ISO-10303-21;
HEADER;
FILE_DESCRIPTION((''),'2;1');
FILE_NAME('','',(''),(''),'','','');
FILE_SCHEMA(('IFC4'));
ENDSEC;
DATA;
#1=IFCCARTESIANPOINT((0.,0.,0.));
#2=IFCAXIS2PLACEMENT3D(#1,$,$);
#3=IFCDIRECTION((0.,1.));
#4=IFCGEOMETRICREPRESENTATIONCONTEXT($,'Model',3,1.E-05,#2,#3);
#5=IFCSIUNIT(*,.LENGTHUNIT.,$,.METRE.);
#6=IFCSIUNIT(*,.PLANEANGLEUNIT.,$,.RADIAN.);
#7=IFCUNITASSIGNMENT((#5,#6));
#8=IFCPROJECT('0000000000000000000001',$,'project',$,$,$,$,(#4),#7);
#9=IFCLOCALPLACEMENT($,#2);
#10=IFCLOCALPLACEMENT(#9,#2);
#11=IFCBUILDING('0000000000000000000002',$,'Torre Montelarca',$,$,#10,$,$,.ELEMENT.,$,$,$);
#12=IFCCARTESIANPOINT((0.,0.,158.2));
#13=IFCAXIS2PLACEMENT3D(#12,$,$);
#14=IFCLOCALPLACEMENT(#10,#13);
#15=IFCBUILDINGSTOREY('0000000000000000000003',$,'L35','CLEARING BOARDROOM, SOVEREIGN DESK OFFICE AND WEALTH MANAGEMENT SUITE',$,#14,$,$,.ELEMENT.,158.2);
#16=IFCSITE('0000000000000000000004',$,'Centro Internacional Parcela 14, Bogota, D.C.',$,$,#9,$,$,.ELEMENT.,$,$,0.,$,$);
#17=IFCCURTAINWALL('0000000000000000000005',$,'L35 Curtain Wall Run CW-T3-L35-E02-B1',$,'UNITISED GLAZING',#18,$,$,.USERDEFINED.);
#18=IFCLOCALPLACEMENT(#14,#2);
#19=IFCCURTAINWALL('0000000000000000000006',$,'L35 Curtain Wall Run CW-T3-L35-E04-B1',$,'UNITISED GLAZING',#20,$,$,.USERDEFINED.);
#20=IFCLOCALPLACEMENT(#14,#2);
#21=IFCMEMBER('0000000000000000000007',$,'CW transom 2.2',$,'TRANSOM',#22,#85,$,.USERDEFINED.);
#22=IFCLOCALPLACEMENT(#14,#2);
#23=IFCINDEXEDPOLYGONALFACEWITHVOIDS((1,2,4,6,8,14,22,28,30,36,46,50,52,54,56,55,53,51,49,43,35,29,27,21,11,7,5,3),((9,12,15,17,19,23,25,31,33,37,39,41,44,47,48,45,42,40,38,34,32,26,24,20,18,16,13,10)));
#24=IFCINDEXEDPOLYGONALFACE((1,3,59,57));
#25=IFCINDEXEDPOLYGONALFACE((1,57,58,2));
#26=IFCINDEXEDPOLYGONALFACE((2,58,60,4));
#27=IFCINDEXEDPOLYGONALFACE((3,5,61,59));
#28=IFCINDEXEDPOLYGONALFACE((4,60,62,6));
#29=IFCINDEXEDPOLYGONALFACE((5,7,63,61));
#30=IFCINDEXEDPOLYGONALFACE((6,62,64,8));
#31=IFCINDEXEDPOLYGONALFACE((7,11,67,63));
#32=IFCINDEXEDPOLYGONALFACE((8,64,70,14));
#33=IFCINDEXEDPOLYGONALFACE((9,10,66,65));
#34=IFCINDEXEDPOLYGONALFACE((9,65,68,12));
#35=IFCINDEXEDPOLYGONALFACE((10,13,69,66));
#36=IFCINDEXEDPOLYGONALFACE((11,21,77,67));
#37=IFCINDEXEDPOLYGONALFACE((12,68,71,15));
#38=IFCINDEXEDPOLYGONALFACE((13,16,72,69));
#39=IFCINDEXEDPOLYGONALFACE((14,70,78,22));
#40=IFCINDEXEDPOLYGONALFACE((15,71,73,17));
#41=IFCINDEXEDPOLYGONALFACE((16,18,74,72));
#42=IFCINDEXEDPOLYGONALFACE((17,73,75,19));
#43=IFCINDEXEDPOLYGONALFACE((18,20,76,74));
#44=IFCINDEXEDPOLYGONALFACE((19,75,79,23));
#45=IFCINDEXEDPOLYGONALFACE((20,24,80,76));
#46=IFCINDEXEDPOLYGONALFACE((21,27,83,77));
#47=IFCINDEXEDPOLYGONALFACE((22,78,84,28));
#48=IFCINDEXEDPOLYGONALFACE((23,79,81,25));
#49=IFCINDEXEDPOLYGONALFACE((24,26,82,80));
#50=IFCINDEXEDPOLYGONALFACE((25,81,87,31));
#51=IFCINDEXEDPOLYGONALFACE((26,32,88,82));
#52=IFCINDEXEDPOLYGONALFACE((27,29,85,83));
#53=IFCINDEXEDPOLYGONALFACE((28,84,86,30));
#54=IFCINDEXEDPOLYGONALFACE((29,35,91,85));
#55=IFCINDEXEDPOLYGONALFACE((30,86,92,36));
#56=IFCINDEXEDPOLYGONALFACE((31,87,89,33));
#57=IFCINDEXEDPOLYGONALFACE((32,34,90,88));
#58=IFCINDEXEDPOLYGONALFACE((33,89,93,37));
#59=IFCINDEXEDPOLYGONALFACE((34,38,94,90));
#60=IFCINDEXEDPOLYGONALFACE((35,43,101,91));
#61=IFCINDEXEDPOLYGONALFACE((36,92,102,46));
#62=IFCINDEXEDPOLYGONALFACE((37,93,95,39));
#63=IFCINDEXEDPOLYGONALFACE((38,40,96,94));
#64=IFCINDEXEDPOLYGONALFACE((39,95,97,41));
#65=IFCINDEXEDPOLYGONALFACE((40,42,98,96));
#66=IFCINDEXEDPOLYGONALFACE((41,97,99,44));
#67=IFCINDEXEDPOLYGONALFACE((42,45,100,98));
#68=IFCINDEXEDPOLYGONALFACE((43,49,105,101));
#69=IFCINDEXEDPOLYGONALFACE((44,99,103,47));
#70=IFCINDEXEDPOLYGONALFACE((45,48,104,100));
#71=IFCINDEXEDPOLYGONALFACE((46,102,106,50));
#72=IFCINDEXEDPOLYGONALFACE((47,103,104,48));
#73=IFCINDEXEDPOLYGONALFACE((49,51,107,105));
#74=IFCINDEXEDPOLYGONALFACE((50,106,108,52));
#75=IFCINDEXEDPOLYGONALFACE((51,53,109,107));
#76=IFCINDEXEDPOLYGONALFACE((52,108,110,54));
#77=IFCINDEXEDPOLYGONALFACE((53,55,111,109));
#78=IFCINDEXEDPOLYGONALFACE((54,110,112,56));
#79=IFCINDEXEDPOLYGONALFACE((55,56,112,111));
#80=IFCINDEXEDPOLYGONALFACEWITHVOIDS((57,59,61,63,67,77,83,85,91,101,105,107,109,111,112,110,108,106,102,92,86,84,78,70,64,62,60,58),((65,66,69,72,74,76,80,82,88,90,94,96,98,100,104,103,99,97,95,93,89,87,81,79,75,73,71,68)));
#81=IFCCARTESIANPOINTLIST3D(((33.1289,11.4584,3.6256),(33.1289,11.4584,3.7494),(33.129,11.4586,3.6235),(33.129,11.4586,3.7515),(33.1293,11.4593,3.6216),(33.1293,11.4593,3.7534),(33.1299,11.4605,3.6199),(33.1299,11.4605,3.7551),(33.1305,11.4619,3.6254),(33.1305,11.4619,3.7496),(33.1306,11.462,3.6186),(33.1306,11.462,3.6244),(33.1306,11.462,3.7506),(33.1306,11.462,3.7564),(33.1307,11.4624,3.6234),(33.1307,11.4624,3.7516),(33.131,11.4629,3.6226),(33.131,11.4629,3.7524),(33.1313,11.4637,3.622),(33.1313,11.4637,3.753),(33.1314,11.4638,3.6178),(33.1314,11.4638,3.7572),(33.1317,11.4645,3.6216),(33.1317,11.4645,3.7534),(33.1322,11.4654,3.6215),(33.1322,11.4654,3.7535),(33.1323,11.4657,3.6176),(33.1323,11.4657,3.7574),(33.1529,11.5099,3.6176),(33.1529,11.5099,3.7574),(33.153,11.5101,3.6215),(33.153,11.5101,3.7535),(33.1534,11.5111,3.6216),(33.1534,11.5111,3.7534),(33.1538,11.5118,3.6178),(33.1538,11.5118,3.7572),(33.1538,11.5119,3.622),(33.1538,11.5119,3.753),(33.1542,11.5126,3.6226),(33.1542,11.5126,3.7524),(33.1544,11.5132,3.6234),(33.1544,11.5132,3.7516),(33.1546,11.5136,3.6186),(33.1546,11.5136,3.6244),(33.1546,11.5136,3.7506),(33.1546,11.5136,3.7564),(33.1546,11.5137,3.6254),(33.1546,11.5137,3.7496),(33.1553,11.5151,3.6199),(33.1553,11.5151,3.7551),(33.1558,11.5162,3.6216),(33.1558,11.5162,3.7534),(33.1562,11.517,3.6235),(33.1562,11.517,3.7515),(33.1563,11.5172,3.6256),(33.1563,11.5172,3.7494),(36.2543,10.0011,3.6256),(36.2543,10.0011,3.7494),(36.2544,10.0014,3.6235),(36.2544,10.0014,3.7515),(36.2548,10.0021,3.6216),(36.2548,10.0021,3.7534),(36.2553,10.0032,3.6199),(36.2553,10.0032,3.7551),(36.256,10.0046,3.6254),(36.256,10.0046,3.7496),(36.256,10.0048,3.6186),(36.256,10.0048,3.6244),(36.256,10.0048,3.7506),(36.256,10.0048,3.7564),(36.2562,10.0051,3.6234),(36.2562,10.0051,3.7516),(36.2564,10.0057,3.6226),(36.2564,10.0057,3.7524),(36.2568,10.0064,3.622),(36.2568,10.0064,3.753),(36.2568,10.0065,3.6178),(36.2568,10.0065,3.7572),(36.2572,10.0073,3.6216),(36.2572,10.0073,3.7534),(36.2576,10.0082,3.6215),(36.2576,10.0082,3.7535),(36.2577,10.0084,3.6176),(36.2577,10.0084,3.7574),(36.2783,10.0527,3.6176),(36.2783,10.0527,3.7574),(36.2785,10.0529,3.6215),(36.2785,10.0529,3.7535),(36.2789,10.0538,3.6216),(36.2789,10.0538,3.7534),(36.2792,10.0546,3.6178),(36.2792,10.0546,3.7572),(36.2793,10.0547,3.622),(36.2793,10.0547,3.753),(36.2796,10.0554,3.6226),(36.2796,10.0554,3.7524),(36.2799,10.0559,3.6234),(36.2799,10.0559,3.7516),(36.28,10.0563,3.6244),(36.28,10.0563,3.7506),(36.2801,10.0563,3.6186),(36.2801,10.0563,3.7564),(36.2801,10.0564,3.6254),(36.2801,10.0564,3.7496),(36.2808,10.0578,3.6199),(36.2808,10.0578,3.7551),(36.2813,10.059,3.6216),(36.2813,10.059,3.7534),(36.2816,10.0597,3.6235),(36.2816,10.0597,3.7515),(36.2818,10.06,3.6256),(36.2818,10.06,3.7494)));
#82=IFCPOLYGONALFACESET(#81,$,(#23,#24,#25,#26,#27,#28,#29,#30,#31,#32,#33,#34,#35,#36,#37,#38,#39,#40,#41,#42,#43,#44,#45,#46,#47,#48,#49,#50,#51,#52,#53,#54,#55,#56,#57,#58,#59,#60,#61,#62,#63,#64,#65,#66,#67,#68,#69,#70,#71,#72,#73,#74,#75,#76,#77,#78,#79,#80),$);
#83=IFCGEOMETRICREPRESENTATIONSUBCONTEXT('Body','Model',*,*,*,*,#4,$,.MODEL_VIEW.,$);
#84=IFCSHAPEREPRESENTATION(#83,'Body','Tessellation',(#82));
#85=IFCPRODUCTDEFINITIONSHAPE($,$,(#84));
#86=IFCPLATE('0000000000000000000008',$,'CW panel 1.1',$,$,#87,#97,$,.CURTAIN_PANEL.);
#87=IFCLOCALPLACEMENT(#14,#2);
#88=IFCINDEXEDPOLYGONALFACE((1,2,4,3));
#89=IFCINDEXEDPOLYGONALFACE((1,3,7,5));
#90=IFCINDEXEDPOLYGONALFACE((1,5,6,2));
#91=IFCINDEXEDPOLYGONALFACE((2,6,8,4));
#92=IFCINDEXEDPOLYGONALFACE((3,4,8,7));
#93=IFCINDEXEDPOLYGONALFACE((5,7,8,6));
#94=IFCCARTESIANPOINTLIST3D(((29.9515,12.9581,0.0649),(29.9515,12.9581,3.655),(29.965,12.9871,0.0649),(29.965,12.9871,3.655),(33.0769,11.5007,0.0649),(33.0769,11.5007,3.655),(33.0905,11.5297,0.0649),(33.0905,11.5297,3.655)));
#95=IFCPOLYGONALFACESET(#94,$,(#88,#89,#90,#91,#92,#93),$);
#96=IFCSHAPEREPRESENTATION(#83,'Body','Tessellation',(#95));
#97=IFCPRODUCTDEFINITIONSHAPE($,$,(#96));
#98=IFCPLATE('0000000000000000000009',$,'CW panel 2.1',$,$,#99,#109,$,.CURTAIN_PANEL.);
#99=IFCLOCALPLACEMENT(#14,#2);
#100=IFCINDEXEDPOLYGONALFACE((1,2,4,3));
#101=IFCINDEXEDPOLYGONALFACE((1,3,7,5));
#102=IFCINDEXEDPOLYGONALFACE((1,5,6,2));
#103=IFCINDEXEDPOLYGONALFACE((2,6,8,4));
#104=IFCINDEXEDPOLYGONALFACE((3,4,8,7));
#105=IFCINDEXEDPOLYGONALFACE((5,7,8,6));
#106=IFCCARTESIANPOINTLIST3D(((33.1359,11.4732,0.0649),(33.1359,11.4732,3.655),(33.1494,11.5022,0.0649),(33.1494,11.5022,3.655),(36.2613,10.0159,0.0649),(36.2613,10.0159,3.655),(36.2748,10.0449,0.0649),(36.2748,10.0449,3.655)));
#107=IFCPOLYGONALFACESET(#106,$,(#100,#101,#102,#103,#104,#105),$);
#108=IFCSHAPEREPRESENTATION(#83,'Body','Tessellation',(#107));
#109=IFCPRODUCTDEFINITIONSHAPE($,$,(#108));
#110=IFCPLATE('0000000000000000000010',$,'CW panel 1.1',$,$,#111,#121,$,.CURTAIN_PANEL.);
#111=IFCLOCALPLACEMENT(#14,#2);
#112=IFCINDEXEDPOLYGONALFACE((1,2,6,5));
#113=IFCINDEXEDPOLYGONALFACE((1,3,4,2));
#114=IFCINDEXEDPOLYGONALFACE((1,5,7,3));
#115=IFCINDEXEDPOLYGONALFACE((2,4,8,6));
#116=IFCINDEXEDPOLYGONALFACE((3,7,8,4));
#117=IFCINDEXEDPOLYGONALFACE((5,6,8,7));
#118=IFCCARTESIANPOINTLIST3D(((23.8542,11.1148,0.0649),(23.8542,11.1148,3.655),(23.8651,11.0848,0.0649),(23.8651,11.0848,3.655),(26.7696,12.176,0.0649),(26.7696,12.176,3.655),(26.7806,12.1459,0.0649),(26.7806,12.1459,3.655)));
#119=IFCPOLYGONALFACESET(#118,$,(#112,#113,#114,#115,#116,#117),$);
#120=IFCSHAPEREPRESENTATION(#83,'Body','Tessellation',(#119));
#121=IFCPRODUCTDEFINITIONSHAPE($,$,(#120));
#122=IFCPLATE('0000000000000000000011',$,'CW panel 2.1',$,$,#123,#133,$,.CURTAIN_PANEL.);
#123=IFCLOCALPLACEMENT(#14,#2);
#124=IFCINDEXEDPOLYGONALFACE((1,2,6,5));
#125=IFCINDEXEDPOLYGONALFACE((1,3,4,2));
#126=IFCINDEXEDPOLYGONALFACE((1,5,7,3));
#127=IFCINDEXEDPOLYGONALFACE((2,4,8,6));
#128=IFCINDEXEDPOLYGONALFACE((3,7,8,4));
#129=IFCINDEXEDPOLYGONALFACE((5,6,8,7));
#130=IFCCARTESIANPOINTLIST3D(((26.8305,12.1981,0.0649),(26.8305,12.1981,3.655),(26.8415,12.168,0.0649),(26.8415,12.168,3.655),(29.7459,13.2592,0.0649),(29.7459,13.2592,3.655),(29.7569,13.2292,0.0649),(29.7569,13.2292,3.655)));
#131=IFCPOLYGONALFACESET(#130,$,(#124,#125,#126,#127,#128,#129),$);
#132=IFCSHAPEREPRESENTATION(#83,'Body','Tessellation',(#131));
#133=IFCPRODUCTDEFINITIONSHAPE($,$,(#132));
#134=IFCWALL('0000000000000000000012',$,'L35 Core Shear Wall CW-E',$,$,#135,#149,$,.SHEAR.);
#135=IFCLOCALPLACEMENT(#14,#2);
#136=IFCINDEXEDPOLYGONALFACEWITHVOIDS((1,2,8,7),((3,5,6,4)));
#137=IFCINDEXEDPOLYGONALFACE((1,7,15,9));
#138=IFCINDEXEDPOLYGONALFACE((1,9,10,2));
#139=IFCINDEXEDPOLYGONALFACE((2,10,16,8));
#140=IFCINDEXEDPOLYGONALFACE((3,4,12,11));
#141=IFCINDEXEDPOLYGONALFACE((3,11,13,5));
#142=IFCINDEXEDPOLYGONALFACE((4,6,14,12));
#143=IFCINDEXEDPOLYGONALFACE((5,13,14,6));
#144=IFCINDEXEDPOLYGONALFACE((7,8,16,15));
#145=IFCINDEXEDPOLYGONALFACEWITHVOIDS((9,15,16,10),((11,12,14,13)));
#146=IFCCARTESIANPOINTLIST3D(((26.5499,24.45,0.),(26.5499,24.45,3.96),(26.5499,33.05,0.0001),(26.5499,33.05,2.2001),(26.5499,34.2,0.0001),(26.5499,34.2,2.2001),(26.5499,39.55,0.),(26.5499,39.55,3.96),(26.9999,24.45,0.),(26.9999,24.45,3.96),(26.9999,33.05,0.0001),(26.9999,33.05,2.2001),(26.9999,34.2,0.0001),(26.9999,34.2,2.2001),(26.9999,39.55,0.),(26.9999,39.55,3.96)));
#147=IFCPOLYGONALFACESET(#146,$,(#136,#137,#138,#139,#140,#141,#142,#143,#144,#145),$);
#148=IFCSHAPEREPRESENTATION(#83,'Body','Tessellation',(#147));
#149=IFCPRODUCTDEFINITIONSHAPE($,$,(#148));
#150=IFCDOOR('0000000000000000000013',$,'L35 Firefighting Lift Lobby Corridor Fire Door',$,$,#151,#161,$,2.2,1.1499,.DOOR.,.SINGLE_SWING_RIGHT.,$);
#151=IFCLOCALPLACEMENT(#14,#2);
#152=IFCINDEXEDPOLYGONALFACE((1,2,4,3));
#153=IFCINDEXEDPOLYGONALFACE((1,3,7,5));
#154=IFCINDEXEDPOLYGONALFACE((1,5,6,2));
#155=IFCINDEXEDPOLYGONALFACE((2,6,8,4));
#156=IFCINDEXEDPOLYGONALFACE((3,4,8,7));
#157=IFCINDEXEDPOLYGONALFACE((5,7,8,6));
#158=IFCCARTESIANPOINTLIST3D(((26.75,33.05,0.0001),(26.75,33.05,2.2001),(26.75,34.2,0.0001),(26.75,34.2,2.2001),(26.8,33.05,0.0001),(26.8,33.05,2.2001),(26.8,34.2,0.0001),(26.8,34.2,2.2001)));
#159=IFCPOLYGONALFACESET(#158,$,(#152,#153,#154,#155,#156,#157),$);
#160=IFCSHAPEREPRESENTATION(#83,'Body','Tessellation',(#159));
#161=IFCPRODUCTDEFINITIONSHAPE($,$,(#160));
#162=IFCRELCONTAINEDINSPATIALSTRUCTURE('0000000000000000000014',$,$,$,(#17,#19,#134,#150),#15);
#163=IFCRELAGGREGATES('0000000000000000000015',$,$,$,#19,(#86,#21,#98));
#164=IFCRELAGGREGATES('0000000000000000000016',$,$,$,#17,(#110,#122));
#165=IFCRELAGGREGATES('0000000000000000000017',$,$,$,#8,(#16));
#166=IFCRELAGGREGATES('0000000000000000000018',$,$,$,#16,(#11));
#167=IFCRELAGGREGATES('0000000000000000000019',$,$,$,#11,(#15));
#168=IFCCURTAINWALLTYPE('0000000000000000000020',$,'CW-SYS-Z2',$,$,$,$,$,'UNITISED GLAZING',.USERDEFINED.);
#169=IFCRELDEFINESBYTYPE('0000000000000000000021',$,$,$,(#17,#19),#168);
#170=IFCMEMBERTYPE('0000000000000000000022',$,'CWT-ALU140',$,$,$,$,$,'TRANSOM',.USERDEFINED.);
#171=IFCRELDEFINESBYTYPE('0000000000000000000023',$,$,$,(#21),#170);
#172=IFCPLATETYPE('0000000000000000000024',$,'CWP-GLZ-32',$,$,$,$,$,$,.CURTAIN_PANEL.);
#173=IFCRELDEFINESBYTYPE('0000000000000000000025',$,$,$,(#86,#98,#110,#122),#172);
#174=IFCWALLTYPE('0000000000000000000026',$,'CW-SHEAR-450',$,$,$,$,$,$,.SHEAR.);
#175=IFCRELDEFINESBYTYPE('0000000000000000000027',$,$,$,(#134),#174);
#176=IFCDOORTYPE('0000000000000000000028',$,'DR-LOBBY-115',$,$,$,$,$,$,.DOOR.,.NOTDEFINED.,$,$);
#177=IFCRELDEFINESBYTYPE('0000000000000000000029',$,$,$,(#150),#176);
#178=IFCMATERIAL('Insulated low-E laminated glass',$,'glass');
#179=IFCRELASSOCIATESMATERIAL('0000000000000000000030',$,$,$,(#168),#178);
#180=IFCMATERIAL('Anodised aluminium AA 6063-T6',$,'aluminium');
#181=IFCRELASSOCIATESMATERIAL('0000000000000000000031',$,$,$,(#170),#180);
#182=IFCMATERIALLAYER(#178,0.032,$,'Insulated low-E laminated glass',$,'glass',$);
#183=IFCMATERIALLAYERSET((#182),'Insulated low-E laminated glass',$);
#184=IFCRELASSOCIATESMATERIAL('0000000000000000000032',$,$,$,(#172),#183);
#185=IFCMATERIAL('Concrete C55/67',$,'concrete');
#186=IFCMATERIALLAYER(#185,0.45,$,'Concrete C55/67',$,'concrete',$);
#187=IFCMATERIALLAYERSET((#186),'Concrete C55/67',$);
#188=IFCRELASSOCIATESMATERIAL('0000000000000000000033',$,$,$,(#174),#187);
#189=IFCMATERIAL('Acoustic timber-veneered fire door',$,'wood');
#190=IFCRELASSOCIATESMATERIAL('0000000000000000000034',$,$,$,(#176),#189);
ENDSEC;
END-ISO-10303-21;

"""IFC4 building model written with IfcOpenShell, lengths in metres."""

from ifc_helpers import new_model, si_unit, direction, frame, frame_2d, origin, origin_2d, place, context, subcontext, project, spatial, rectangle, hollow_rectangle, extrude, source, transform, mapped, material, layer, layer_set, material_profile, profile_set, type_object, element, fill, aggregate, save


model = new_model("IFC4")

# Units and contexts
model_context = context("Model", 3, precision=1e-05, world=origin(), true_north=direction((0.0, 1.0)))
body_context = subcontext(model_context, "Body", "Model", "MODEL_VIEW")
ifc_project = project(units=[si_unit("LENGTHUNIT", "METRE"), si_unit("PLANEANGLEUNIT", "RADIAN")], contexts=[model_context])

# Site, building, storey
site_placement = place(None, origin())
site = spatial("IfcSite", under=ifc_project, at=site_placement, Name="Centro Internacional Parcela 14, Bogota, D.C.", CompositionType="ELEMENT", RefElevation=0.0)
building_placement = place(site_placement, origin())
building = spatial("IfcBuilding", under=site, at=building_placement, Name="Torre Montelarca", CompositionType="ELEMENT")
storey_placement = place(building_placement, frame((0.0, 0.0, 158.2)))
storey = spatial("IfcBuildingStorey", under=building, at=storey_placement, Name="L35", Description="CLEARING BOARDROOM, SOVEREIGN DESK OFFICE AND WEALTH MANAGEMENT SUITE", CompositionType="ELEMENT", Elevation=158.2)

# Shared definitions
ifc_material_1 = material(Name="Concrete C55/67", Category="concrete")

# Curtain wall
ifc_material_2 = material(Name="Insulated low-E laminated glass", Category="glass")
curtain_wall_type = type_object("IfcCurtainWallType", Name="CW-SYS-Z2", ElementType="UNITISED GLAZING", PredefinedType="USERDEFINED", material=ifc_material_2)
curtain_wall_1_placement = place(storey_placement, origin())
curtain_wall_1 = element("IfcCurtainWall", 1, at=curtain_wall_1_placement, inside=storey, type_object=curtain_wall_type, Name="L35 Curtain Wall Run CW-T3-L35-E02-B1", ObjectType="UNITISED GLAZING", PredefinedType="USERDEFINED")
ifc_material_3 = material(Name="Anodised aluminium AA 6063-T6", Category="aluminium")
ifc_material_profile_1 = material_profile(ifc_material_3, hollow_rectangle(XDim=0.0649, YDim=0.1399, WallThickness=0.0039, InnerFilletRadius=0.0039, OuterFilletRadius=0.0081, at=origin_2d()), Name="ALU65X140X4", Category="aluminium")
ifc_profile_set_1 = profile_set([ifc_material_profile_1], Name="Anodised aluminium AA 6063-T6")
member_type_1 = type_object("IfcMemberType", Name="CWT-ALU140", ElementType="TRANSOM", PredefinedType="USERDEFINED", material=ifc_profile_set_1)

# Curtain wall, member, plates
curtain_wall_2_placement = place(storey_placement, origin())
curtain_wall_2 = element("IfcCurtainWall", 2, at=curtain_wall_2_placement, inside=storey, type_object=curtain_wall_type, Name="L35 Curtain Wall Run CW-T3-L35-E04-B1", ObjectType="UNITISED GLAZING", PredefinedType="USERDEFINED")
shared_shape_1 = source(origin(), body_context, "Body", "SweptSolid", [
    extrude(hollow_rectangle(XDim=0.0649, YDim=0.1399, WallThickness=0.0039, InnerFilletRadius=0.0039, OuterFilletRadius=0.0081, at=origin_2d()), origin(), (0.0, 0.0, 1.0), 3.4485),
])
member_1_placement = place(storey_placement, frame((33.1426, 11.4878, 3.6875), z_axis=(0.906326, -0.422579, 0.0), x_axis=(0.422579, 0.906326, 0.0)))
member_1 = element("IfcMember", 3, at=member_1_placement, type_object=member_type_1, Name="CW transom 2.2", ObjectType="TRANSOM", PredefinedType="USERDEFINED", context=body_context, shape_type="MappedRepresentation", body=[
    mapped(shared_shape_1, transform((0.0, 0.0, 0.0), scale=1.0)),
])
ifc_layer_1 = layer(ifc_material_2, 0.032, Name="Insulated low-E laminated glass", Category="glass")
ifc_layer_set_1 = layer_set([ifc_layer_1], Name="Insulated low-E laminated glass")
plate_type = type_object("IfcPlateType", Name="CWP-GLZ-32", PredefinedType="CURTAIN_PANEL", material=ifc_layer_set_1)
shared_shape_2 = source(origin(), body_context, "Body", "SweptSolid", [
    extrude(rectangle(XDim=3.4485, YDim=0.032, at=origin_2d()), origin(), (0.0, 0.0, 1.0), 3.5901),
])
plate_1_placement = place(storey_placement, frame((31.521, 12.2439, 0.0649), z_axis=(0.0, 0.0, 1.0), x_axis=(0.906315, -0.422602, 0.0)))
plate_1 = element("IfcPlate", 4, at=plate_1_placement, type_object=plate_type, Name="CW panel 1.1", PredefinedType="CURTAIN_PANEL", context=body_context, shape_type="MappedRepresentation", body=[
    mapped(shared_shape_2, transform((0.0, 0.0, 0.0), scale=1.0)),
])
plate_2_placement = place(storey_placement, frame((34.7053, 10.759, 0.0649), z_axis=(0.0, 0.0, 1.0), x_axis=(0.906315, -0.422602, 0.0)))
plate_2 = element("IfcPlate", 5, at=plate_2_placement, type_object=plate_type, Name="CW panel 2.1", PredefinedType="CURTAIN_PANEL", context=body_context, shape_type="MappedRepresentation", body=[
    mapped(shared_shape_2, transform((0.0, 0.0, 0.0), scale=1.0)),
])
aggregate(curtain_wall_2, [plate_1, member_1, plate_2])

# Plates
shared_shape_3 = source(origin(), body_context, "Body", "SweptSolid", [
    extrude(rectangle(XDim=3.1025, YDim=0.032, at=origin_2d()), origin(), (0.0, 0.0, 1.0), 3.5901),
])
plate_3_placement = place(storey_placement, frame((25.3174, 11.6304, 0.0649), z_axis=(0.0, 0.0, 1.0), x_axis=(0.939693, 0.342018, 0.0)))
plate_3 = element("IfcPlate", 6, at=plate_3_placement, type_object=plate_type, Name="CW panel 1.1", PredefinedType="CURTAIN_PANEL", context=body_context, shape_type="MappedRepresentation", body=[
    mapped(shared_shape_3, transform((0.0, 0.0, 0.0), scale=1.0)),
])
plate_4_placement = place(storey_placement, frame((28.2937, 12.7136, 0.0649), z_axis=(0.0, 0.0, 1.0), x_axis=(0.939693, 0.342018, 0.0)))
plate_4 = element("IfcPlate", 7, at=plate_4_placement, type_object=plate_type, Name="CW panel 2.1", PredefinedType="CURTAIN_PANEL", context=body_context, shape_type="MappedRepresentation", body=[
    mapped(shared_shape_3, transform((0.0, 0.0, 0.0), scale=1.0)),
])
aggregate(curtain_wall_1, [plate_3, plate_4])

# Wall, opening, door
ifc_layer_2 = layer(ifc_material_1, 0.45, Name="Concrete C55/67", Category="concrete")
ifc_layer_set_2 = layer_set([ifc_layer_2], Name="Concrete C55/67")
wall_type = type_object("IfcWallType", Name="CW-SHEAR-450", PredefinedType="SHEAR", material=ifc_layer_set_2)
wall_placement = place(storey_placement, frame((26.7749, 24.45, 0.0), z_axis=(0.0, 0.0, 1.0), x_axis=(0.0, 1.0, 0.0)))
wall = element("IfcWall", 8, at=wall_placement, inside=storey, type_object=wall_type, Name="L35 Core Shear Wall CW-E", PredefinedType="SHEAR", context=body_context, shape_type="SweptSolid", body=[
    extrude(rectangle(XDim=15.1001, YDim=0.45, at=frame_2d((7.55, 0.0))), origin(), (0.0, 0.0, 1.0), 3.96),
])
opening_placement = place(wall_placement, frame((8.6001, 0.0, 0.0)))
opening = element("IfcOpeningElement", 9, at=opening_placement, cuts=wall, PredefinedType="OPENING", context=body_context, shape_type="SweptSolid", body=[
    extrude(rectangle(XDim=1.1499, YDim=2.2, at=frame_2d((0.575, 1.1001))), frame((0.0, 0.2349, 0.0), z_axis=(0.0, -1.0, 0.0), x_axis=(1.0, 0.0, 0.0)), (0.0, 0.0, 1.0), 0.47),
])
ifc_material_4 = material(Name="Acoustic timber-veneered fire door", Category="wood")
door_type = type_object("IfcDoorType", Name="DR-LOBBY-115", OperationType="NOTDEFINED", PredefinedType="DOOR", material=ifc_material_4)
shared_shape_4 = source(origin(), body_context, "Body", "SweptSolid", [
    extrude(rectangle(XDim=1.1499, YDim=2.2, at=frame_2d((0.575, 1.1001))), frame((0.0, 0.0249, 0.0), z_axis=(0.0, -1.0, 0.0), x_axis=(1.0, 0.0, 0.0)), (0.0, 0.0, 1.0), 0.05),
])
door_placement = place(opening_placement, origin())
door = element("IfcDoor", 10, at=door_placement, inside=storey, type_object=door_type, Name="L35 Firefighting Lift Lobby Corridor Fire Door", OperationType="SINGLE_SWING_RIGHT", OverallHeight=2.2, OverallWidth=1.1499, PredefinedType="DOOR", context=body_context, shape_type="MappedRepresentation", body=[
    mapped(shared_shape_4, transform((0.0, 0.0, 0.0), scale=1.0)),
])
fill(opening, door)

save(model, "model.ifc")
